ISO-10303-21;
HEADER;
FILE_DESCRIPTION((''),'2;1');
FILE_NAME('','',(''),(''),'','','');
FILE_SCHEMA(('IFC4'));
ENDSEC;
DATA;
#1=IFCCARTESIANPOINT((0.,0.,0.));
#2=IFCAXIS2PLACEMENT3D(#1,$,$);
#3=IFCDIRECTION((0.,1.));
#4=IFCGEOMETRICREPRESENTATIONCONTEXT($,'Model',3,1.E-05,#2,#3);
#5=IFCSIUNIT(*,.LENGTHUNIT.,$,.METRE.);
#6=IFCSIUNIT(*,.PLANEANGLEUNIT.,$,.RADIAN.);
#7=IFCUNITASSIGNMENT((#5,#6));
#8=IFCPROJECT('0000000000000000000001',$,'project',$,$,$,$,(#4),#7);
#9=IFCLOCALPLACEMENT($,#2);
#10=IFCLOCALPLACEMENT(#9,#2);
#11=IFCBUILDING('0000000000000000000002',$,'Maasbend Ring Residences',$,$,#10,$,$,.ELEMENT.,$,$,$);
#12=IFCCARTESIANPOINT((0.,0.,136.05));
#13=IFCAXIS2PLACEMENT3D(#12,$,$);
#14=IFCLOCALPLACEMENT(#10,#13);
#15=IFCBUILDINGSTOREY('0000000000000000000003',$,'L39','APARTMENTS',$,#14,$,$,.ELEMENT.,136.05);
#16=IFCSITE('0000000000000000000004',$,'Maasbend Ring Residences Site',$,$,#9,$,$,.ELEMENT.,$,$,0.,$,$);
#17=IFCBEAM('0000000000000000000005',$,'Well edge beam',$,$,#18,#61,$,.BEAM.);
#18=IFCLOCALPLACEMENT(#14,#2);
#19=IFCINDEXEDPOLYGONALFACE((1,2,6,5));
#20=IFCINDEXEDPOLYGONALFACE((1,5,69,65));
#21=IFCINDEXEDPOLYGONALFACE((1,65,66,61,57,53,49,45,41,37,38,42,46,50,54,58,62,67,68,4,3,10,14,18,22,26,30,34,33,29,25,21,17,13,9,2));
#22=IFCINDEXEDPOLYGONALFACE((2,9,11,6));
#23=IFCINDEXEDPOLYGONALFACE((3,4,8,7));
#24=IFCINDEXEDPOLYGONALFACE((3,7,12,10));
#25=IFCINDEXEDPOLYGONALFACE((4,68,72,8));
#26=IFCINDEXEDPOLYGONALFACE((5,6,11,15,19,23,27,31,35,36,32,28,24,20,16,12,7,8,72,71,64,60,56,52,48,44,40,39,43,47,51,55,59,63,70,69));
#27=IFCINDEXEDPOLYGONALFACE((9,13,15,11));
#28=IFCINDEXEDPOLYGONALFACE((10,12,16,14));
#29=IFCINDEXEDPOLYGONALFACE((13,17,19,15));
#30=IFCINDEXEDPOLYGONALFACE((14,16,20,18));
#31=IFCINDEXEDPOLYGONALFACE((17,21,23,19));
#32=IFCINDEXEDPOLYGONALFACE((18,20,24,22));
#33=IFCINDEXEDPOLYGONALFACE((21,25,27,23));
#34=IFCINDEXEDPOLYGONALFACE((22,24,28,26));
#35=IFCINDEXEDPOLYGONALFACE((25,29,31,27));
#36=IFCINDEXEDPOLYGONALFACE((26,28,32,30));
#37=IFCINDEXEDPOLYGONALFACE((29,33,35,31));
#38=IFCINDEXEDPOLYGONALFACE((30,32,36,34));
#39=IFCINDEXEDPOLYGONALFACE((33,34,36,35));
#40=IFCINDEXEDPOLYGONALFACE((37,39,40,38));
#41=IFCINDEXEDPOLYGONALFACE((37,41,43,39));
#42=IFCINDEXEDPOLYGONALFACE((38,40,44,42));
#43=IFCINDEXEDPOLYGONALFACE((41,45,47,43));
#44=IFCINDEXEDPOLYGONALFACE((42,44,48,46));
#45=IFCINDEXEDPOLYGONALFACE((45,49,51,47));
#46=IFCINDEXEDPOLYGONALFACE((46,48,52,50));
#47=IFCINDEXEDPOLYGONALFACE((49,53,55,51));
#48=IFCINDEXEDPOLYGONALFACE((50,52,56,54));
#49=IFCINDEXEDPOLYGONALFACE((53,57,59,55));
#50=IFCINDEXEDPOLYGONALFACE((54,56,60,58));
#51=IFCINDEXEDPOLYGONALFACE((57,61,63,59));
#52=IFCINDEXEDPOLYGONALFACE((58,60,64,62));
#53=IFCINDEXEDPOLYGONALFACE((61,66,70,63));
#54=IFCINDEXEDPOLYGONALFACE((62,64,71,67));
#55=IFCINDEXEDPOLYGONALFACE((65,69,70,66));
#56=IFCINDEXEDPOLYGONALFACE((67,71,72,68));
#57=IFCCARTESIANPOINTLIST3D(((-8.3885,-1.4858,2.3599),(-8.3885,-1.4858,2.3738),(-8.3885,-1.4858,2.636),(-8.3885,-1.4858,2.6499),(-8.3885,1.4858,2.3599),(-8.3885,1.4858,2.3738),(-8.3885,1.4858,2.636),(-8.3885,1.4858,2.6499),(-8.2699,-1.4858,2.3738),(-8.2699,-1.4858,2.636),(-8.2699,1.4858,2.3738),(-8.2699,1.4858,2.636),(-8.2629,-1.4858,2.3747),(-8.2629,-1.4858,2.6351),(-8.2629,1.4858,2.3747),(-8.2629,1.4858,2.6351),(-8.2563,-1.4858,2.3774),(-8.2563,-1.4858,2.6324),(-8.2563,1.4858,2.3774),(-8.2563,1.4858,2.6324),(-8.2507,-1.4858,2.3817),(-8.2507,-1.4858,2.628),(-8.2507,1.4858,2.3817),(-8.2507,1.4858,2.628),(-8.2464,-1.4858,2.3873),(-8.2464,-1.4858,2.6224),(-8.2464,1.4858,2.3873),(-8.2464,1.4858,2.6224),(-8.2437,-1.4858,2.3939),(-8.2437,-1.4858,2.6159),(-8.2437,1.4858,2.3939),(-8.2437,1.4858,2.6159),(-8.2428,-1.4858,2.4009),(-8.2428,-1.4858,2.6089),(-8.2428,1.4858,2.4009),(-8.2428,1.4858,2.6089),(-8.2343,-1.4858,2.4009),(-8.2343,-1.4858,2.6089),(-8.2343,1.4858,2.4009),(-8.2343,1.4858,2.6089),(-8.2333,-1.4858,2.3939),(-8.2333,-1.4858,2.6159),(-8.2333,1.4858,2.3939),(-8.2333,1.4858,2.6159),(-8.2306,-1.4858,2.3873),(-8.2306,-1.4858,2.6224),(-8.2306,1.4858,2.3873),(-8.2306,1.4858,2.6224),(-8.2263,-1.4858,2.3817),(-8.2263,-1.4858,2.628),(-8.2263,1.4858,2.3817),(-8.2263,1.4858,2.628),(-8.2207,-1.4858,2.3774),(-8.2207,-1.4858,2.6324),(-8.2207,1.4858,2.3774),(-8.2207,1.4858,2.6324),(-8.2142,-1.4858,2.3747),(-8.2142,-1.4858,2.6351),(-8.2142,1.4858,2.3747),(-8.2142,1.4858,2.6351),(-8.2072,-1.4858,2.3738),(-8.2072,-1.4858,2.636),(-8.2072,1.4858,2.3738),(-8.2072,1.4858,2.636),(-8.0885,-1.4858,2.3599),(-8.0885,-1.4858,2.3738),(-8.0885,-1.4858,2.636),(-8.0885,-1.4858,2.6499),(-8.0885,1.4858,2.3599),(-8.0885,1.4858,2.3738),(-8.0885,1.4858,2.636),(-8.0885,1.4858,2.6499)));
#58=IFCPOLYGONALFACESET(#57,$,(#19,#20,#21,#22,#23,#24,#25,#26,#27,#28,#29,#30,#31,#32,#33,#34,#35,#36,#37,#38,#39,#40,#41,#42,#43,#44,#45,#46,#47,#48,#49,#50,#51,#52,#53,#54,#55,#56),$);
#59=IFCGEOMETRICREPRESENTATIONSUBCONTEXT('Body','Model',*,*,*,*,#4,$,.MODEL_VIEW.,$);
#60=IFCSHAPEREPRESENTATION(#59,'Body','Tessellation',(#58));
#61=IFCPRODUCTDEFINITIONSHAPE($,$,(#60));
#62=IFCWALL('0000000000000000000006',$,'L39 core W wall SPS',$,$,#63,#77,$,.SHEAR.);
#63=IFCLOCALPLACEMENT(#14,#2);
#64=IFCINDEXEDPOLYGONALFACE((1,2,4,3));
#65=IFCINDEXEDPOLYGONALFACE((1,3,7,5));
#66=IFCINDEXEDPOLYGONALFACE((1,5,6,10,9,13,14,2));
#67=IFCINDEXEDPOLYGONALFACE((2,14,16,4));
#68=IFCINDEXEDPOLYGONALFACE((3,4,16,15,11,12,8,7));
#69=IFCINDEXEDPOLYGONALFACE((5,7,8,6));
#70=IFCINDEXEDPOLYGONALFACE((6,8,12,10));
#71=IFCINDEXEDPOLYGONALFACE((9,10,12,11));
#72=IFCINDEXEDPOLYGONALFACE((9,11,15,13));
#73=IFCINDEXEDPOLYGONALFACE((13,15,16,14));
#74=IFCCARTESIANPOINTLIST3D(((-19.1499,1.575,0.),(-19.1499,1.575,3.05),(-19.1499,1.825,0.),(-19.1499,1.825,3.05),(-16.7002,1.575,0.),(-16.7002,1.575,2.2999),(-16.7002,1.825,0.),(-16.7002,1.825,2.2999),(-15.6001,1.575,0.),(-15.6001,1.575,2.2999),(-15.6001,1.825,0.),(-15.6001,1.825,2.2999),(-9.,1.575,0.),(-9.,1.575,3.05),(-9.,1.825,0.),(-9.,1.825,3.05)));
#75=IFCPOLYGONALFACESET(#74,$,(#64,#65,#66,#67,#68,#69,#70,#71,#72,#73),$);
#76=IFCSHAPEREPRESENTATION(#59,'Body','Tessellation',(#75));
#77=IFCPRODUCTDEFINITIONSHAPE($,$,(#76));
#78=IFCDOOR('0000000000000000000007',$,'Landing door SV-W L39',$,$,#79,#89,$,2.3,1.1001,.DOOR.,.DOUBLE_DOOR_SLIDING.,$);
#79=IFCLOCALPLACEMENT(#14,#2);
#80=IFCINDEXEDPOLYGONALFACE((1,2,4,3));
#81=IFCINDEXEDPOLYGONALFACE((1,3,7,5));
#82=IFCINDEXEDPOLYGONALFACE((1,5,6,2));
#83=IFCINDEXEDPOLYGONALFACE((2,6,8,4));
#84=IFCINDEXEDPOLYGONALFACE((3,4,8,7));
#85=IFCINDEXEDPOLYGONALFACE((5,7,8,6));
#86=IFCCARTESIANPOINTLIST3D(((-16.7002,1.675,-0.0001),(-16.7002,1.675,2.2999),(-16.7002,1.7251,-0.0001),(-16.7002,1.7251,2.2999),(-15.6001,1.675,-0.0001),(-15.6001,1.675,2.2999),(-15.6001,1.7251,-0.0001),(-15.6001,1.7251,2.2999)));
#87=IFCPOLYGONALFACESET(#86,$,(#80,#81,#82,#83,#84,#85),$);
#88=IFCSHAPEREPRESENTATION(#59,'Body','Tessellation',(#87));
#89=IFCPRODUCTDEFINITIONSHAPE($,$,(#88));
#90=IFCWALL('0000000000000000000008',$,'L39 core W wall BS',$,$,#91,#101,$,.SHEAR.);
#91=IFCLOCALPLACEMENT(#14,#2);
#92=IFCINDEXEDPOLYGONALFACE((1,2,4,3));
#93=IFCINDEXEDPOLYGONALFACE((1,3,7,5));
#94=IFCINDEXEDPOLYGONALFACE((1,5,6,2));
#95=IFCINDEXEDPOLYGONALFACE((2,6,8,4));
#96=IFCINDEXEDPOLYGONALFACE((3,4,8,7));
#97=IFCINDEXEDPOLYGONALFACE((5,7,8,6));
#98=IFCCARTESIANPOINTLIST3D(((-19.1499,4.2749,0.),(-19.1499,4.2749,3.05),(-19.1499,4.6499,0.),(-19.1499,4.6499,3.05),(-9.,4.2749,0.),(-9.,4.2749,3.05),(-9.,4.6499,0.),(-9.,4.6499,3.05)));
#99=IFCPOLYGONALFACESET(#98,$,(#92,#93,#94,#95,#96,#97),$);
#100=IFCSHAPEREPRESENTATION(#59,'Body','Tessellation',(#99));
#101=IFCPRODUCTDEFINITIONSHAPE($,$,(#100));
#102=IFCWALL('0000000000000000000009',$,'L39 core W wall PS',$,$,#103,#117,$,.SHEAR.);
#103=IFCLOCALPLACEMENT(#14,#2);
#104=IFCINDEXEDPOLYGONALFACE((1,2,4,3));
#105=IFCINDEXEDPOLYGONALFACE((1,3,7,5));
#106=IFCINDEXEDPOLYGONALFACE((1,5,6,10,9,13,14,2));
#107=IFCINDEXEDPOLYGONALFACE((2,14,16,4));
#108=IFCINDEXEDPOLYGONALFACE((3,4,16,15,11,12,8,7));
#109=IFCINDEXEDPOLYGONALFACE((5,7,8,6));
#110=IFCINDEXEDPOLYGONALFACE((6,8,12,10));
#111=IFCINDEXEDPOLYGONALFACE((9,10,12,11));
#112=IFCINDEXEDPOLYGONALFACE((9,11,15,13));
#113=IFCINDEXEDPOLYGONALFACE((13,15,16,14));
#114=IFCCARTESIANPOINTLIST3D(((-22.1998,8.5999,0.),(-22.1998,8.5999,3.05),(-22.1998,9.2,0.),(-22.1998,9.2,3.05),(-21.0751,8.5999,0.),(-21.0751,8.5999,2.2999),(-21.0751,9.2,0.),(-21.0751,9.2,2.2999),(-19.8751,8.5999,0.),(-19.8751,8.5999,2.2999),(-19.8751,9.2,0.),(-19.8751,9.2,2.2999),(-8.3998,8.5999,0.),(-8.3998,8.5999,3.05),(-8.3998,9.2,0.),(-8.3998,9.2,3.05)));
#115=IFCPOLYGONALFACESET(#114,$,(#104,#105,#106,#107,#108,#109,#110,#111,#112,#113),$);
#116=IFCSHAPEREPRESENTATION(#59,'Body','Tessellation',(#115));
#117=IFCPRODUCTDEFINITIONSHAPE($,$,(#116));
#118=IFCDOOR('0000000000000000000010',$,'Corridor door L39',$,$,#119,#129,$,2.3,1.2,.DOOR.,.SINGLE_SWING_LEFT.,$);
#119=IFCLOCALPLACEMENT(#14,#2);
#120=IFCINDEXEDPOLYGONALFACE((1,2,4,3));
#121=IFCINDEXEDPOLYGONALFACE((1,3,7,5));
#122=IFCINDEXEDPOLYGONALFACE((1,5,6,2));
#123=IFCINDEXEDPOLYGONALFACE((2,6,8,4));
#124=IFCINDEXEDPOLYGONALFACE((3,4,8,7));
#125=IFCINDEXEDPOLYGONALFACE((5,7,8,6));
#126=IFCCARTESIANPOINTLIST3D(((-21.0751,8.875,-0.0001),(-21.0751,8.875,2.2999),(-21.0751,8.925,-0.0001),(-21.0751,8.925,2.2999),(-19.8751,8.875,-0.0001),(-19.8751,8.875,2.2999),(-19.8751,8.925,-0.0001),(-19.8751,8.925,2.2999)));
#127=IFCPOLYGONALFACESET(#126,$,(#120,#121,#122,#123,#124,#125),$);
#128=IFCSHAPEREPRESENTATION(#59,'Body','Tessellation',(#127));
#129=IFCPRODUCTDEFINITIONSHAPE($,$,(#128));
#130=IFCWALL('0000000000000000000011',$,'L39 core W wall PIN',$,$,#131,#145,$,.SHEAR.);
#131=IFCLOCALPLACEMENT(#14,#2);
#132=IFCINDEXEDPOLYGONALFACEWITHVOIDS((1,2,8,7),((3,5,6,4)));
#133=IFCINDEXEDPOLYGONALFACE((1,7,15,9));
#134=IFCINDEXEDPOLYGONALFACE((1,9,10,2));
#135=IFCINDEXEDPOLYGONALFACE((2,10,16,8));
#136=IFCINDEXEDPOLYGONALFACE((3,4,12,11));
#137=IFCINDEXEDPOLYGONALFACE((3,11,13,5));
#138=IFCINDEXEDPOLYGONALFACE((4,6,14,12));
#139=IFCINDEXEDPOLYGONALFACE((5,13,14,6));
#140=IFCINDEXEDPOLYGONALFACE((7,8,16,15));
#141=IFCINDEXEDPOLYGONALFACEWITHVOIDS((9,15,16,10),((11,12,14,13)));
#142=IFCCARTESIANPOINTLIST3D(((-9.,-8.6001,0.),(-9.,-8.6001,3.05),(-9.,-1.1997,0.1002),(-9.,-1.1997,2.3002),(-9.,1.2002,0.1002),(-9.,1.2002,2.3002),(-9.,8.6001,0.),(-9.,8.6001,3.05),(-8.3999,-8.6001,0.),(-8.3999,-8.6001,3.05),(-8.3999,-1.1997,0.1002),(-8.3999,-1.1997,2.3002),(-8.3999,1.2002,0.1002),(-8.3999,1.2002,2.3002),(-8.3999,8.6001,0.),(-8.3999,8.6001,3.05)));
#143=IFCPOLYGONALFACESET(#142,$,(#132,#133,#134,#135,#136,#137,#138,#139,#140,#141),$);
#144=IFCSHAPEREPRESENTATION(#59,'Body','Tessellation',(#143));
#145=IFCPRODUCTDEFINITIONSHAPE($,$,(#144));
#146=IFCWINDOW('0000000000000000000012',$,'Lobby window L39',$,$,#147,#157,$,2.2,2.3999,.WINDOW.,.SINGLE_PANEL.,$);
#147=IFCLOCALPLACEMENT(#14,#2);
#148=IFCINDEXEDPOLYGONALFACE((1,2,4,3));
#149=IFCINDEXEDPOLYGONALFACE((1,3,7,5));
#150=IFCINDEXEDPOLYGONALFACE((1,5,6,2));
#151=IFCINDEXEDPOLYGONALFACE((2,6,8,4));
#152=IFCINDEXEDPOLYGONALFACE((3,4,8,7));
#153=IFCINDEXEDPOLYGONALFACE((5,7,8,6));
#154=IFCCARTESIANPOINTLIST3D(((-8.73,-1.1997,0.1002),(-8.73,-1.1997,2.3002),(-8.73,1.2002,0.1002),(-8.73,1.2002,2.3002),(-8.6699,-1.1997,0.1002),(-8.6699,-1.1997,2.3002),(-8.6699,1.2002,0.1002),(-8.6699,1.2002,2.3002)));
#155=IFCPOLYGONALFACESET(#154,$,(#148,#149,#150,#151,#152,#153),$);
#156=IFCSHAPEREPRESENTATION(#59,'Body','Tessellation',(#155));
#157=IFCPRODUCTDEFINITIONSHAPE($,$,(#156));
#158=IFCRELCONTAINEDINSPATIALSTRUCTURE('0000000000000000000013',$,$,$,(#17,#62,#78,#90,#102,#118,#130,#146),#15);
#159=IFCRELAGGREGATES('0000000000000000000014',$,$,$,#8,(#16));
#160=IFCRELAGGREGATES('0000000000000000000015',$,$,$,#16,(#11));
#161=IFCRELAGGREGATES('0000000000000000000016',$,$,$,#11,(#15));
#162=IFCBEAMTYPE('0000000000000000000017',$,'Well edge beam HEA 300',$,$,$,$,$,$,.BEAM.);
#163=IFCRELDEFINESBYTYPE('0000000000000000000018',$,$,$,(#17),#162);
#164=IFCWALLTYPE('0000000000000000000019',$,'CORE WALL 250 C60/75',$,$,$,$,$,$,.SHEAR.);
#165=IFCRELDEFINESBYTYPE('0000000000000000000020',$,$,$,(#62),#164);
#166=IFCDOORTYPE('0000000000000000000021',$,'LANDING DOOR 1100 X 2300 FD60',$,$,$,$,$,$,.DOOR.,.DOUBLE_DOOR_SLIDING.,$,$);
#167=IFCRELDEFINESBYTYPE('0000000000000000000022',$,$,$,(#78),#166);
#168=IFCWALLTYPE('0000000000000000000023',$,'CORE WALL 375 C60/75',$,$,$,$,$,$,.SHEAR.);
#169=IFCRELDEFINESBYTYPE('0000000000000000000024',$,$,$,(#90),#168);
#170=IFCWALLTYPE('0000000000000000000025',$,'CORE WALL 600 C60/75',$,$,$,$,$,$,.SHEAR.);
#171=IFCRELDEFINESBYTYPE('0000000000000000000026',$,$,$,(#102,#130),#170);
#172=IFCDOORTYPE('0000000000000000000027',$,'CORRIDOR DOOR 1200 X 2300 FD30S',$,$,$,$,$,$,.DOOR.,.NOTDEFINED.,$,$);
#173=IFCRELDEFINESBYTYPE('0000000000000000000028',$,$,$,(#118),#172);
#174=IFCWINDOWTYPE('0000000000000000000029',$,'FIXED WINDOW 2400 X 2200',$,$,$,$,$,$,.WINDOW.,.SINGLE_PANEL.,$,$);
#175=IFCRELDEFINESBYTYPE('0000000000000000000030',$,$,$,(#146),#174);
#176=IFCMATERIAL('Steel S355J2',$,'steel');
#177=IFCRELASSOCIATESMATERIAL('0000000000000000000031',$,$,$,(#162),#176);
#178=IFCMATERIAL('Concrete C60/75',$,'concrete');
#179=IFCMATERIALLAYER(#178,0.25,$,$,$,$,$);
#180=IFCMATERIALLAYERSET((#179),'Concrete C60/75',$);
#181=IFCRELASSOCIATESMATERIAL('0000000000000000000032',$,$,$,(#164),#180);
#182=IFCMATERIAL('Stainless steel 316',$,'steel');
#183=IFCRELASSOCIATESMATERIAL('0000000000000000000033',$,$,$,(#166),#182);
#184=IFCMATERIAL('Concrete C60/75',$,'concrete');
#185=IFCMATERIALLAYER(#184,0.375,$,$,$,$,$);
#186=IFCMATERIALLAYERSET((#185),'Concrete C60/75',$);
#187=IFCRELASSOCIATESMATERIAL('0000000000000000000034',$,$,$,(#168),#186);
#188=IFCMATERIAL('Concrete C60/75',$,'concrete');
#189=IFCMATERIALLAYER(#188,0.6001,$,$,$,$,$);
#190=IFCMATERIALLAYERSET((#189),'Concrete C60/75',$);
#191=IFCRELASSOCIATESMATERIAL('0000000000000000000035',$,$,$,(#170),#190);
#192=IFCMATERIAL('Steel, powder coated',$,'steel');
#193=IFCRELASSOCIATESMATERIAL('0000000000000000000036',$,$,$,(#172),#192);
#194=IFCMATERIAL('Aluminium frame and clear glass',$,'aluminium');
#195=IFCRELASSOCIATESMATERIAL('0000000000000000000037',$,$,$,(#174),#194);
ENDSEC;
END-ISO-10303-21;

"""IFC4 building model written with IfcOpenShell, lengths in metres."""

from ifc_helpers import new_model, si_unit, direction, frame, frame_2d, origin, origin_2d, place, context, subcontext, project, spatial, rectangle, i_section, extrude, material, layer, layer_set, material_profile, profile_set, type_object, element, fill, save


model = new_model("IFC4")

# Units and contexts
model_context = context("Model", 3, precision=1e-05, world=origin(), true_north=direction((0.0, 1.0)))
body_context = subcontext(model_context, "Body", "Model", "MODEL_VIEW")
ifc_project = project(units=[si_unit("LENGTHUNIT", "METRE"), si_unit("PLANEANGLEUNIT", "RADIAN")], contexts=[model_context])

# Site, building, storey
site_placement = place(None, origin())
site = spatial("IfcSite", under=ifc_project, at=site_placement, Name="Maasbend Ring Residences Site", CompositionType="ELEMENT", RefElevation=0.0)
building_placement = place(site_placement, origin())
building = spatial("IfcBuilding", under=site, at=building_placement, Name="Maasbend Ring Residences", CompositionType="ELEMENT")
storey_placement = place(building_placement, frame((0.0, 0.0, 136.05)))
storey = spatial("IfcBuildingStorey", under=building, at=storey_placement, Name="L39", Description="APARTMENTS", CompositionType="ELEMENT", Elevation=136.05)

# Beam
ifc_material_1 = material(Name="Steel S355J2", Category="steel")
ifc_material_profile = material_profile(ifc_material_1, i_section(OverallWidth=0.3, OverallDepth=0.29, WebThickness=0.0085, FlangeThickness=0.0139, FilletRadius=0.0271, at=origin_2d()), Name="HEA 300")
ifc_profile_set = profile_set([ifc_material_profile], Name="Steel S355J2")
beam_type = type_object("IfcBeamType", Name="Well edge beam HEA 300", PredefinedType="BEAM", material=ifc_profile_set)
beam_placement = place(storey_placement, frame((-8.2385, 1.4858, 2.5049), z_axis=(0.0, -1.0, 0.0), x_axis=(1.0, 0.0, 0.0)))
element("IfcBeam", 1, at=beam_placement, inside=storey, type_object=beam_type, Name="Well edge beam", PredefinedType="BEAM", context=body_context, shape_type="SweptSolid", body=[
    extrude(i_section(OverallWidth=0.3, OverallDepth=0.29, WebThickness=0.0085, FlangeThickness=0.0139, FilletRadius=0.0271, at=origin_2d()), origin(), (0.0, 0.0, 1.0), 2.9717),
])

# Wall, opening, door
ifc_material_2 = material(Name="Concrete C60/75", Category="concrete")
ifc_layer_1 = layer(ifc_material_2, 0.25)
ifc_layer_set_1 = layer_set([ifc_layer_1], Name="Concrete C60/75")
wall_type_1 = type_object("IfcWallType", Name="CORE WALL 250 C60/75", PredefinedType="SHEAR", material=ifc_layer_set_1)
wall_1_placement = place(storey_placement, frame((-9.0, 1.7, 0.0), z_axis=(0.0, 0.0, 1.0), x_axis=(-1.0, 0.0, 0.0)))
wall_1 = element("IfcWall", 2, at=wall_1_placement, inside=storey, type_object=wall_type_1, Name="L39 core W wall SPS", PredefinedType="SHEAR", context=body_context, shape_type="SweptSolid", body=[
    extrude(rectangle(XDim=10.1499, YDim=0.25, at=frame_2d((5.075, 0.0))), origin(), (0.0, 0.0, 1.0), 3.05),
])
opening_1_placement = place(wall_1_placement, frame((6.6001, 0.0, 0.0)))
opening_1 = element("IfcOpeningElement", 3, at=opening_1_placement, cuts=wall_1, PredefinedType="OPENING", context=body_context, shape_type="SweptSolid", body=[
    extrude(rectangle(XDim=1.1001, YDim=2.3, at=frame_2d((0.55, 1.1499))), frame((0.0, 0.135, 0.0), z_axis=(0.0, -1.0, 0.0), x_axis=(1.0, 0.0, 0.0)), (0.0, 0.0, 1.0), 0.27),
])
ifc_material_3 = material(Name="Stainless steel 316", Category="steel")
door_type_1 = type_object("IfcDoorType", Name="LANDING DOOR 1100 X 2300 FD60", OperationType="DOUBLE_DOOR_SLIDING", PredefinedType="DOOR", material=ifc_material_3)
door_1_placement = place(opening_1_placement, origin())
door_1 = element("IfcDoor", 4, at=door_1_placement, inside=storey, type_object=door_type_1, Name="Landing door SV-W L39", OperationType="DOUBLE_DOOR_SLIDING", OverallHeight=2.3, OverallWidth=1.1001, PredefinedType="DOOR", context=body_context, shape_type="SweptSolid", body=[
    extrude(rectangle(XDim=1.1001, YDim=2.3, at=frame_2d((0.55, 1.1499))), frame((0.0, 0.0249, 0.0), z_axis=(0.0, -1.0, 0.0), x_axis=(1.0, 0.0, 0.0)), (0.0, 0.0, 1.0), 0.05),
])
fill(opening_1, door_1)

# Wall
ifc_material_4 = material(Name="Concrete C60/75", Category="concrete")
ifc_layer_2 = layer(ifc_material_4, 0.375)
ifc_layer_set_2 = layer_set([ifc_layer_2], Name="Concrete C60/75")
wall_type_2 = type_object("IfcWallType", Name="CORE WALL 375 C60/75", PredefinedType="SHEAR", material=ifc_layer_set_2)
wall_2_placement = place(storey_placement, frame((-9.0, 4.4624, 0.0), z_axis=(0.0, 0.0, 1.0), x_axis=(-1.0, 0.0, 0.0)))
element("IfcWall", 5, at=wall_2_placement, inside=storey, type_object=wall_type_2, Name="L39 core W wall BS", PredefinedType="SHEAR", context=body_context, shape_type="SweptSolid", body=[
    extrude(rectangle(XDim=10.1499, YDim=0.375, at=frame_2d((5.075, 0.0))), origin(), (0.0, 0.0, 1.0), 3.05),
])

# Wall, opening, door
ifc_material_5 = material(Name="Concrete C60/75", Category="concrete")
ifc_layer_3 = layer(ifc_material_5, 0.6001)
ifc_layer_set_3 = layer_set([ifc_layer_3], Name="Concrete C60/75")
wall_type_3 = type_object("IfcWallType", Name="CORE WALL 600 C60/75", PredefinedType="SHEAR", material=ifc_layer_set_3)
wall_3_placement = place(storey_placement, frame((-8.3999, 8.8999, 0.0), z_axis=(0.0, 0.0, 1.0), x_axis=(-1.0, 0.0, 0.0)))
wall_3 = element("IfcWall", 6, at=wall_3_placement, inside=storey, type_object=wall_type_3, Name="L39 core W wall PS", PredefinedType="SHEAR", context=body_context, shape_type="SweptSolid", body=[
    extrude(rectangle(XDim=13.8, YDim=0.6001, at=frame_2d((6.8999, 0.0))), origin(), (0.0, 0.0, 1.0), 3.05),
])
opening_2_placement = place(wall_3_placement, frame((11.4751, 0.0, 0.0)))
opening_2 = element("IfcOpeningElement", 7, at=opening_2_placement, cuts=wall_3, PredefinedType="OPENING", context=body_context, shape_type="SweptSolid", body=[
    extrude(rectangle(XDim=1.2, YDim=2.3, at=frame_2d((0.6001, 1.1499))), frame((0.0, 0.3101, 0.0), z_axis=(0.0, -1.0, 0.0), x_axis=(1.0, 0.0, 0.0)), (0.0, 0.0, 1.0), 0.6201),
])
ifc_material_6 = material(Name="Steel, powder coated", Category="steel")
door_type_2 = type_object("IfcDoorType", Name="CORRIDOR DOOR 1200 X 2300 FD30S", OperationType="NOTDEFINED", PredefinedType="DOOR", material=ifc_material_6)
door_2_placement = place(opening_2_placement, origin())
door_2 = element("IfcDoor", 8, at=door_2_placement, inside=storey, type_object=door_type_2, Name="Corridor door L39", OperationType="SINGLE_SWING_LEFT", OverallHeight=2.3, OverallWidth=1.2, PredefinedType="DOOR", context=body_context, shape_type="SweptSolid", body=[
    extrude(rectangle(XDim=1.2, YDim=2.3, at=frame_2d((0.6001, 1.1499))), frame((0.0, 0.0249, 0.0), z_axis=(0.0, -1.0, 0.0), x_axis=(1.0, 0.0, 0.0)), (0.0, 0.0, 1.0), 0.05),
])
fill(opening_2, door_2)

# Wall, opening, window
wall_4_placement = place(storey_placement, frame((-8.7, 8.6001, 0.0), z_axis=(0.0, 0.0, 1.0), x_axis=(0.0, -1.0, 0.0)))
wall_4 = element("IfcWall", 9, at=wall_4_placement, inside=storey, type_object=wall_type_3, Name="L39 core W wall PIN", PredefinedType="SHEAR", context=body_context, shape_type="SweptSolid", body=[
    extrude(rectangle(XDim=17.2002, YDim=0.6001, at=frame_2d((8.6001, 0.0))), origin(), (0.0, 0.0, 1.0), 3.05),
])
opening_3_placement = place(wall_4_placement, frame((7.3999, 0.0, 0.1001)))
opening_3 = element("IfcOpeningElement", 10, at=opening_3_placement, cuts=wall_4, PredefinedType="OPENING", context=body_context, shape_type="SweptSolid", body=[
    extrude(rectangle(XDim=2.3999, YDim=2.2, at=frame_2d((1.2, 1.1001))), frame((0.0, 0.3101, 0.0), z_axis=(0.0, -1.0, 0.0), x_axis=(1.0, 0.0, 0.0)), (0.0, 0.0, 1.0), 0.6201),
])
ifc_material_7 = material(Name="Aluminium frame and clear glass", Category="aluminium")
window_type = type_object("IfcWindowType", Name="FIXED WINDOW 2400 X 2200", PartitioningType="SINGLE_PANEL", PredefinedType="WINDOW", material=ifc_material_7)
window_placement = place(opening_3_placement, origin())
window = element("IfcWindow", 11, at=window_placement, inside=storey, type_object=window_type, Name="Lobby window L39", OverallHeight=2.2, OverallWidth=2.3999, PartitioningType="SINGLE_PANEL", PredefinedType="WINDOW", context=body_context, shape_type="SweptSolid", body=[
    extrude(rectangle(XDim=2.3999, YDim=2.2, at=frame_2d((1.2, 1.1001))), frame((0.0, 0.03, 0.0), z_axis=(0.0, -1.0, 0.0), x_axis=(1.0, 0.0, 0.0)), (0.0, 0.0, 1.0), 0.0601),
])
fill(opening_3, window)

save(model, "model.ifc")
